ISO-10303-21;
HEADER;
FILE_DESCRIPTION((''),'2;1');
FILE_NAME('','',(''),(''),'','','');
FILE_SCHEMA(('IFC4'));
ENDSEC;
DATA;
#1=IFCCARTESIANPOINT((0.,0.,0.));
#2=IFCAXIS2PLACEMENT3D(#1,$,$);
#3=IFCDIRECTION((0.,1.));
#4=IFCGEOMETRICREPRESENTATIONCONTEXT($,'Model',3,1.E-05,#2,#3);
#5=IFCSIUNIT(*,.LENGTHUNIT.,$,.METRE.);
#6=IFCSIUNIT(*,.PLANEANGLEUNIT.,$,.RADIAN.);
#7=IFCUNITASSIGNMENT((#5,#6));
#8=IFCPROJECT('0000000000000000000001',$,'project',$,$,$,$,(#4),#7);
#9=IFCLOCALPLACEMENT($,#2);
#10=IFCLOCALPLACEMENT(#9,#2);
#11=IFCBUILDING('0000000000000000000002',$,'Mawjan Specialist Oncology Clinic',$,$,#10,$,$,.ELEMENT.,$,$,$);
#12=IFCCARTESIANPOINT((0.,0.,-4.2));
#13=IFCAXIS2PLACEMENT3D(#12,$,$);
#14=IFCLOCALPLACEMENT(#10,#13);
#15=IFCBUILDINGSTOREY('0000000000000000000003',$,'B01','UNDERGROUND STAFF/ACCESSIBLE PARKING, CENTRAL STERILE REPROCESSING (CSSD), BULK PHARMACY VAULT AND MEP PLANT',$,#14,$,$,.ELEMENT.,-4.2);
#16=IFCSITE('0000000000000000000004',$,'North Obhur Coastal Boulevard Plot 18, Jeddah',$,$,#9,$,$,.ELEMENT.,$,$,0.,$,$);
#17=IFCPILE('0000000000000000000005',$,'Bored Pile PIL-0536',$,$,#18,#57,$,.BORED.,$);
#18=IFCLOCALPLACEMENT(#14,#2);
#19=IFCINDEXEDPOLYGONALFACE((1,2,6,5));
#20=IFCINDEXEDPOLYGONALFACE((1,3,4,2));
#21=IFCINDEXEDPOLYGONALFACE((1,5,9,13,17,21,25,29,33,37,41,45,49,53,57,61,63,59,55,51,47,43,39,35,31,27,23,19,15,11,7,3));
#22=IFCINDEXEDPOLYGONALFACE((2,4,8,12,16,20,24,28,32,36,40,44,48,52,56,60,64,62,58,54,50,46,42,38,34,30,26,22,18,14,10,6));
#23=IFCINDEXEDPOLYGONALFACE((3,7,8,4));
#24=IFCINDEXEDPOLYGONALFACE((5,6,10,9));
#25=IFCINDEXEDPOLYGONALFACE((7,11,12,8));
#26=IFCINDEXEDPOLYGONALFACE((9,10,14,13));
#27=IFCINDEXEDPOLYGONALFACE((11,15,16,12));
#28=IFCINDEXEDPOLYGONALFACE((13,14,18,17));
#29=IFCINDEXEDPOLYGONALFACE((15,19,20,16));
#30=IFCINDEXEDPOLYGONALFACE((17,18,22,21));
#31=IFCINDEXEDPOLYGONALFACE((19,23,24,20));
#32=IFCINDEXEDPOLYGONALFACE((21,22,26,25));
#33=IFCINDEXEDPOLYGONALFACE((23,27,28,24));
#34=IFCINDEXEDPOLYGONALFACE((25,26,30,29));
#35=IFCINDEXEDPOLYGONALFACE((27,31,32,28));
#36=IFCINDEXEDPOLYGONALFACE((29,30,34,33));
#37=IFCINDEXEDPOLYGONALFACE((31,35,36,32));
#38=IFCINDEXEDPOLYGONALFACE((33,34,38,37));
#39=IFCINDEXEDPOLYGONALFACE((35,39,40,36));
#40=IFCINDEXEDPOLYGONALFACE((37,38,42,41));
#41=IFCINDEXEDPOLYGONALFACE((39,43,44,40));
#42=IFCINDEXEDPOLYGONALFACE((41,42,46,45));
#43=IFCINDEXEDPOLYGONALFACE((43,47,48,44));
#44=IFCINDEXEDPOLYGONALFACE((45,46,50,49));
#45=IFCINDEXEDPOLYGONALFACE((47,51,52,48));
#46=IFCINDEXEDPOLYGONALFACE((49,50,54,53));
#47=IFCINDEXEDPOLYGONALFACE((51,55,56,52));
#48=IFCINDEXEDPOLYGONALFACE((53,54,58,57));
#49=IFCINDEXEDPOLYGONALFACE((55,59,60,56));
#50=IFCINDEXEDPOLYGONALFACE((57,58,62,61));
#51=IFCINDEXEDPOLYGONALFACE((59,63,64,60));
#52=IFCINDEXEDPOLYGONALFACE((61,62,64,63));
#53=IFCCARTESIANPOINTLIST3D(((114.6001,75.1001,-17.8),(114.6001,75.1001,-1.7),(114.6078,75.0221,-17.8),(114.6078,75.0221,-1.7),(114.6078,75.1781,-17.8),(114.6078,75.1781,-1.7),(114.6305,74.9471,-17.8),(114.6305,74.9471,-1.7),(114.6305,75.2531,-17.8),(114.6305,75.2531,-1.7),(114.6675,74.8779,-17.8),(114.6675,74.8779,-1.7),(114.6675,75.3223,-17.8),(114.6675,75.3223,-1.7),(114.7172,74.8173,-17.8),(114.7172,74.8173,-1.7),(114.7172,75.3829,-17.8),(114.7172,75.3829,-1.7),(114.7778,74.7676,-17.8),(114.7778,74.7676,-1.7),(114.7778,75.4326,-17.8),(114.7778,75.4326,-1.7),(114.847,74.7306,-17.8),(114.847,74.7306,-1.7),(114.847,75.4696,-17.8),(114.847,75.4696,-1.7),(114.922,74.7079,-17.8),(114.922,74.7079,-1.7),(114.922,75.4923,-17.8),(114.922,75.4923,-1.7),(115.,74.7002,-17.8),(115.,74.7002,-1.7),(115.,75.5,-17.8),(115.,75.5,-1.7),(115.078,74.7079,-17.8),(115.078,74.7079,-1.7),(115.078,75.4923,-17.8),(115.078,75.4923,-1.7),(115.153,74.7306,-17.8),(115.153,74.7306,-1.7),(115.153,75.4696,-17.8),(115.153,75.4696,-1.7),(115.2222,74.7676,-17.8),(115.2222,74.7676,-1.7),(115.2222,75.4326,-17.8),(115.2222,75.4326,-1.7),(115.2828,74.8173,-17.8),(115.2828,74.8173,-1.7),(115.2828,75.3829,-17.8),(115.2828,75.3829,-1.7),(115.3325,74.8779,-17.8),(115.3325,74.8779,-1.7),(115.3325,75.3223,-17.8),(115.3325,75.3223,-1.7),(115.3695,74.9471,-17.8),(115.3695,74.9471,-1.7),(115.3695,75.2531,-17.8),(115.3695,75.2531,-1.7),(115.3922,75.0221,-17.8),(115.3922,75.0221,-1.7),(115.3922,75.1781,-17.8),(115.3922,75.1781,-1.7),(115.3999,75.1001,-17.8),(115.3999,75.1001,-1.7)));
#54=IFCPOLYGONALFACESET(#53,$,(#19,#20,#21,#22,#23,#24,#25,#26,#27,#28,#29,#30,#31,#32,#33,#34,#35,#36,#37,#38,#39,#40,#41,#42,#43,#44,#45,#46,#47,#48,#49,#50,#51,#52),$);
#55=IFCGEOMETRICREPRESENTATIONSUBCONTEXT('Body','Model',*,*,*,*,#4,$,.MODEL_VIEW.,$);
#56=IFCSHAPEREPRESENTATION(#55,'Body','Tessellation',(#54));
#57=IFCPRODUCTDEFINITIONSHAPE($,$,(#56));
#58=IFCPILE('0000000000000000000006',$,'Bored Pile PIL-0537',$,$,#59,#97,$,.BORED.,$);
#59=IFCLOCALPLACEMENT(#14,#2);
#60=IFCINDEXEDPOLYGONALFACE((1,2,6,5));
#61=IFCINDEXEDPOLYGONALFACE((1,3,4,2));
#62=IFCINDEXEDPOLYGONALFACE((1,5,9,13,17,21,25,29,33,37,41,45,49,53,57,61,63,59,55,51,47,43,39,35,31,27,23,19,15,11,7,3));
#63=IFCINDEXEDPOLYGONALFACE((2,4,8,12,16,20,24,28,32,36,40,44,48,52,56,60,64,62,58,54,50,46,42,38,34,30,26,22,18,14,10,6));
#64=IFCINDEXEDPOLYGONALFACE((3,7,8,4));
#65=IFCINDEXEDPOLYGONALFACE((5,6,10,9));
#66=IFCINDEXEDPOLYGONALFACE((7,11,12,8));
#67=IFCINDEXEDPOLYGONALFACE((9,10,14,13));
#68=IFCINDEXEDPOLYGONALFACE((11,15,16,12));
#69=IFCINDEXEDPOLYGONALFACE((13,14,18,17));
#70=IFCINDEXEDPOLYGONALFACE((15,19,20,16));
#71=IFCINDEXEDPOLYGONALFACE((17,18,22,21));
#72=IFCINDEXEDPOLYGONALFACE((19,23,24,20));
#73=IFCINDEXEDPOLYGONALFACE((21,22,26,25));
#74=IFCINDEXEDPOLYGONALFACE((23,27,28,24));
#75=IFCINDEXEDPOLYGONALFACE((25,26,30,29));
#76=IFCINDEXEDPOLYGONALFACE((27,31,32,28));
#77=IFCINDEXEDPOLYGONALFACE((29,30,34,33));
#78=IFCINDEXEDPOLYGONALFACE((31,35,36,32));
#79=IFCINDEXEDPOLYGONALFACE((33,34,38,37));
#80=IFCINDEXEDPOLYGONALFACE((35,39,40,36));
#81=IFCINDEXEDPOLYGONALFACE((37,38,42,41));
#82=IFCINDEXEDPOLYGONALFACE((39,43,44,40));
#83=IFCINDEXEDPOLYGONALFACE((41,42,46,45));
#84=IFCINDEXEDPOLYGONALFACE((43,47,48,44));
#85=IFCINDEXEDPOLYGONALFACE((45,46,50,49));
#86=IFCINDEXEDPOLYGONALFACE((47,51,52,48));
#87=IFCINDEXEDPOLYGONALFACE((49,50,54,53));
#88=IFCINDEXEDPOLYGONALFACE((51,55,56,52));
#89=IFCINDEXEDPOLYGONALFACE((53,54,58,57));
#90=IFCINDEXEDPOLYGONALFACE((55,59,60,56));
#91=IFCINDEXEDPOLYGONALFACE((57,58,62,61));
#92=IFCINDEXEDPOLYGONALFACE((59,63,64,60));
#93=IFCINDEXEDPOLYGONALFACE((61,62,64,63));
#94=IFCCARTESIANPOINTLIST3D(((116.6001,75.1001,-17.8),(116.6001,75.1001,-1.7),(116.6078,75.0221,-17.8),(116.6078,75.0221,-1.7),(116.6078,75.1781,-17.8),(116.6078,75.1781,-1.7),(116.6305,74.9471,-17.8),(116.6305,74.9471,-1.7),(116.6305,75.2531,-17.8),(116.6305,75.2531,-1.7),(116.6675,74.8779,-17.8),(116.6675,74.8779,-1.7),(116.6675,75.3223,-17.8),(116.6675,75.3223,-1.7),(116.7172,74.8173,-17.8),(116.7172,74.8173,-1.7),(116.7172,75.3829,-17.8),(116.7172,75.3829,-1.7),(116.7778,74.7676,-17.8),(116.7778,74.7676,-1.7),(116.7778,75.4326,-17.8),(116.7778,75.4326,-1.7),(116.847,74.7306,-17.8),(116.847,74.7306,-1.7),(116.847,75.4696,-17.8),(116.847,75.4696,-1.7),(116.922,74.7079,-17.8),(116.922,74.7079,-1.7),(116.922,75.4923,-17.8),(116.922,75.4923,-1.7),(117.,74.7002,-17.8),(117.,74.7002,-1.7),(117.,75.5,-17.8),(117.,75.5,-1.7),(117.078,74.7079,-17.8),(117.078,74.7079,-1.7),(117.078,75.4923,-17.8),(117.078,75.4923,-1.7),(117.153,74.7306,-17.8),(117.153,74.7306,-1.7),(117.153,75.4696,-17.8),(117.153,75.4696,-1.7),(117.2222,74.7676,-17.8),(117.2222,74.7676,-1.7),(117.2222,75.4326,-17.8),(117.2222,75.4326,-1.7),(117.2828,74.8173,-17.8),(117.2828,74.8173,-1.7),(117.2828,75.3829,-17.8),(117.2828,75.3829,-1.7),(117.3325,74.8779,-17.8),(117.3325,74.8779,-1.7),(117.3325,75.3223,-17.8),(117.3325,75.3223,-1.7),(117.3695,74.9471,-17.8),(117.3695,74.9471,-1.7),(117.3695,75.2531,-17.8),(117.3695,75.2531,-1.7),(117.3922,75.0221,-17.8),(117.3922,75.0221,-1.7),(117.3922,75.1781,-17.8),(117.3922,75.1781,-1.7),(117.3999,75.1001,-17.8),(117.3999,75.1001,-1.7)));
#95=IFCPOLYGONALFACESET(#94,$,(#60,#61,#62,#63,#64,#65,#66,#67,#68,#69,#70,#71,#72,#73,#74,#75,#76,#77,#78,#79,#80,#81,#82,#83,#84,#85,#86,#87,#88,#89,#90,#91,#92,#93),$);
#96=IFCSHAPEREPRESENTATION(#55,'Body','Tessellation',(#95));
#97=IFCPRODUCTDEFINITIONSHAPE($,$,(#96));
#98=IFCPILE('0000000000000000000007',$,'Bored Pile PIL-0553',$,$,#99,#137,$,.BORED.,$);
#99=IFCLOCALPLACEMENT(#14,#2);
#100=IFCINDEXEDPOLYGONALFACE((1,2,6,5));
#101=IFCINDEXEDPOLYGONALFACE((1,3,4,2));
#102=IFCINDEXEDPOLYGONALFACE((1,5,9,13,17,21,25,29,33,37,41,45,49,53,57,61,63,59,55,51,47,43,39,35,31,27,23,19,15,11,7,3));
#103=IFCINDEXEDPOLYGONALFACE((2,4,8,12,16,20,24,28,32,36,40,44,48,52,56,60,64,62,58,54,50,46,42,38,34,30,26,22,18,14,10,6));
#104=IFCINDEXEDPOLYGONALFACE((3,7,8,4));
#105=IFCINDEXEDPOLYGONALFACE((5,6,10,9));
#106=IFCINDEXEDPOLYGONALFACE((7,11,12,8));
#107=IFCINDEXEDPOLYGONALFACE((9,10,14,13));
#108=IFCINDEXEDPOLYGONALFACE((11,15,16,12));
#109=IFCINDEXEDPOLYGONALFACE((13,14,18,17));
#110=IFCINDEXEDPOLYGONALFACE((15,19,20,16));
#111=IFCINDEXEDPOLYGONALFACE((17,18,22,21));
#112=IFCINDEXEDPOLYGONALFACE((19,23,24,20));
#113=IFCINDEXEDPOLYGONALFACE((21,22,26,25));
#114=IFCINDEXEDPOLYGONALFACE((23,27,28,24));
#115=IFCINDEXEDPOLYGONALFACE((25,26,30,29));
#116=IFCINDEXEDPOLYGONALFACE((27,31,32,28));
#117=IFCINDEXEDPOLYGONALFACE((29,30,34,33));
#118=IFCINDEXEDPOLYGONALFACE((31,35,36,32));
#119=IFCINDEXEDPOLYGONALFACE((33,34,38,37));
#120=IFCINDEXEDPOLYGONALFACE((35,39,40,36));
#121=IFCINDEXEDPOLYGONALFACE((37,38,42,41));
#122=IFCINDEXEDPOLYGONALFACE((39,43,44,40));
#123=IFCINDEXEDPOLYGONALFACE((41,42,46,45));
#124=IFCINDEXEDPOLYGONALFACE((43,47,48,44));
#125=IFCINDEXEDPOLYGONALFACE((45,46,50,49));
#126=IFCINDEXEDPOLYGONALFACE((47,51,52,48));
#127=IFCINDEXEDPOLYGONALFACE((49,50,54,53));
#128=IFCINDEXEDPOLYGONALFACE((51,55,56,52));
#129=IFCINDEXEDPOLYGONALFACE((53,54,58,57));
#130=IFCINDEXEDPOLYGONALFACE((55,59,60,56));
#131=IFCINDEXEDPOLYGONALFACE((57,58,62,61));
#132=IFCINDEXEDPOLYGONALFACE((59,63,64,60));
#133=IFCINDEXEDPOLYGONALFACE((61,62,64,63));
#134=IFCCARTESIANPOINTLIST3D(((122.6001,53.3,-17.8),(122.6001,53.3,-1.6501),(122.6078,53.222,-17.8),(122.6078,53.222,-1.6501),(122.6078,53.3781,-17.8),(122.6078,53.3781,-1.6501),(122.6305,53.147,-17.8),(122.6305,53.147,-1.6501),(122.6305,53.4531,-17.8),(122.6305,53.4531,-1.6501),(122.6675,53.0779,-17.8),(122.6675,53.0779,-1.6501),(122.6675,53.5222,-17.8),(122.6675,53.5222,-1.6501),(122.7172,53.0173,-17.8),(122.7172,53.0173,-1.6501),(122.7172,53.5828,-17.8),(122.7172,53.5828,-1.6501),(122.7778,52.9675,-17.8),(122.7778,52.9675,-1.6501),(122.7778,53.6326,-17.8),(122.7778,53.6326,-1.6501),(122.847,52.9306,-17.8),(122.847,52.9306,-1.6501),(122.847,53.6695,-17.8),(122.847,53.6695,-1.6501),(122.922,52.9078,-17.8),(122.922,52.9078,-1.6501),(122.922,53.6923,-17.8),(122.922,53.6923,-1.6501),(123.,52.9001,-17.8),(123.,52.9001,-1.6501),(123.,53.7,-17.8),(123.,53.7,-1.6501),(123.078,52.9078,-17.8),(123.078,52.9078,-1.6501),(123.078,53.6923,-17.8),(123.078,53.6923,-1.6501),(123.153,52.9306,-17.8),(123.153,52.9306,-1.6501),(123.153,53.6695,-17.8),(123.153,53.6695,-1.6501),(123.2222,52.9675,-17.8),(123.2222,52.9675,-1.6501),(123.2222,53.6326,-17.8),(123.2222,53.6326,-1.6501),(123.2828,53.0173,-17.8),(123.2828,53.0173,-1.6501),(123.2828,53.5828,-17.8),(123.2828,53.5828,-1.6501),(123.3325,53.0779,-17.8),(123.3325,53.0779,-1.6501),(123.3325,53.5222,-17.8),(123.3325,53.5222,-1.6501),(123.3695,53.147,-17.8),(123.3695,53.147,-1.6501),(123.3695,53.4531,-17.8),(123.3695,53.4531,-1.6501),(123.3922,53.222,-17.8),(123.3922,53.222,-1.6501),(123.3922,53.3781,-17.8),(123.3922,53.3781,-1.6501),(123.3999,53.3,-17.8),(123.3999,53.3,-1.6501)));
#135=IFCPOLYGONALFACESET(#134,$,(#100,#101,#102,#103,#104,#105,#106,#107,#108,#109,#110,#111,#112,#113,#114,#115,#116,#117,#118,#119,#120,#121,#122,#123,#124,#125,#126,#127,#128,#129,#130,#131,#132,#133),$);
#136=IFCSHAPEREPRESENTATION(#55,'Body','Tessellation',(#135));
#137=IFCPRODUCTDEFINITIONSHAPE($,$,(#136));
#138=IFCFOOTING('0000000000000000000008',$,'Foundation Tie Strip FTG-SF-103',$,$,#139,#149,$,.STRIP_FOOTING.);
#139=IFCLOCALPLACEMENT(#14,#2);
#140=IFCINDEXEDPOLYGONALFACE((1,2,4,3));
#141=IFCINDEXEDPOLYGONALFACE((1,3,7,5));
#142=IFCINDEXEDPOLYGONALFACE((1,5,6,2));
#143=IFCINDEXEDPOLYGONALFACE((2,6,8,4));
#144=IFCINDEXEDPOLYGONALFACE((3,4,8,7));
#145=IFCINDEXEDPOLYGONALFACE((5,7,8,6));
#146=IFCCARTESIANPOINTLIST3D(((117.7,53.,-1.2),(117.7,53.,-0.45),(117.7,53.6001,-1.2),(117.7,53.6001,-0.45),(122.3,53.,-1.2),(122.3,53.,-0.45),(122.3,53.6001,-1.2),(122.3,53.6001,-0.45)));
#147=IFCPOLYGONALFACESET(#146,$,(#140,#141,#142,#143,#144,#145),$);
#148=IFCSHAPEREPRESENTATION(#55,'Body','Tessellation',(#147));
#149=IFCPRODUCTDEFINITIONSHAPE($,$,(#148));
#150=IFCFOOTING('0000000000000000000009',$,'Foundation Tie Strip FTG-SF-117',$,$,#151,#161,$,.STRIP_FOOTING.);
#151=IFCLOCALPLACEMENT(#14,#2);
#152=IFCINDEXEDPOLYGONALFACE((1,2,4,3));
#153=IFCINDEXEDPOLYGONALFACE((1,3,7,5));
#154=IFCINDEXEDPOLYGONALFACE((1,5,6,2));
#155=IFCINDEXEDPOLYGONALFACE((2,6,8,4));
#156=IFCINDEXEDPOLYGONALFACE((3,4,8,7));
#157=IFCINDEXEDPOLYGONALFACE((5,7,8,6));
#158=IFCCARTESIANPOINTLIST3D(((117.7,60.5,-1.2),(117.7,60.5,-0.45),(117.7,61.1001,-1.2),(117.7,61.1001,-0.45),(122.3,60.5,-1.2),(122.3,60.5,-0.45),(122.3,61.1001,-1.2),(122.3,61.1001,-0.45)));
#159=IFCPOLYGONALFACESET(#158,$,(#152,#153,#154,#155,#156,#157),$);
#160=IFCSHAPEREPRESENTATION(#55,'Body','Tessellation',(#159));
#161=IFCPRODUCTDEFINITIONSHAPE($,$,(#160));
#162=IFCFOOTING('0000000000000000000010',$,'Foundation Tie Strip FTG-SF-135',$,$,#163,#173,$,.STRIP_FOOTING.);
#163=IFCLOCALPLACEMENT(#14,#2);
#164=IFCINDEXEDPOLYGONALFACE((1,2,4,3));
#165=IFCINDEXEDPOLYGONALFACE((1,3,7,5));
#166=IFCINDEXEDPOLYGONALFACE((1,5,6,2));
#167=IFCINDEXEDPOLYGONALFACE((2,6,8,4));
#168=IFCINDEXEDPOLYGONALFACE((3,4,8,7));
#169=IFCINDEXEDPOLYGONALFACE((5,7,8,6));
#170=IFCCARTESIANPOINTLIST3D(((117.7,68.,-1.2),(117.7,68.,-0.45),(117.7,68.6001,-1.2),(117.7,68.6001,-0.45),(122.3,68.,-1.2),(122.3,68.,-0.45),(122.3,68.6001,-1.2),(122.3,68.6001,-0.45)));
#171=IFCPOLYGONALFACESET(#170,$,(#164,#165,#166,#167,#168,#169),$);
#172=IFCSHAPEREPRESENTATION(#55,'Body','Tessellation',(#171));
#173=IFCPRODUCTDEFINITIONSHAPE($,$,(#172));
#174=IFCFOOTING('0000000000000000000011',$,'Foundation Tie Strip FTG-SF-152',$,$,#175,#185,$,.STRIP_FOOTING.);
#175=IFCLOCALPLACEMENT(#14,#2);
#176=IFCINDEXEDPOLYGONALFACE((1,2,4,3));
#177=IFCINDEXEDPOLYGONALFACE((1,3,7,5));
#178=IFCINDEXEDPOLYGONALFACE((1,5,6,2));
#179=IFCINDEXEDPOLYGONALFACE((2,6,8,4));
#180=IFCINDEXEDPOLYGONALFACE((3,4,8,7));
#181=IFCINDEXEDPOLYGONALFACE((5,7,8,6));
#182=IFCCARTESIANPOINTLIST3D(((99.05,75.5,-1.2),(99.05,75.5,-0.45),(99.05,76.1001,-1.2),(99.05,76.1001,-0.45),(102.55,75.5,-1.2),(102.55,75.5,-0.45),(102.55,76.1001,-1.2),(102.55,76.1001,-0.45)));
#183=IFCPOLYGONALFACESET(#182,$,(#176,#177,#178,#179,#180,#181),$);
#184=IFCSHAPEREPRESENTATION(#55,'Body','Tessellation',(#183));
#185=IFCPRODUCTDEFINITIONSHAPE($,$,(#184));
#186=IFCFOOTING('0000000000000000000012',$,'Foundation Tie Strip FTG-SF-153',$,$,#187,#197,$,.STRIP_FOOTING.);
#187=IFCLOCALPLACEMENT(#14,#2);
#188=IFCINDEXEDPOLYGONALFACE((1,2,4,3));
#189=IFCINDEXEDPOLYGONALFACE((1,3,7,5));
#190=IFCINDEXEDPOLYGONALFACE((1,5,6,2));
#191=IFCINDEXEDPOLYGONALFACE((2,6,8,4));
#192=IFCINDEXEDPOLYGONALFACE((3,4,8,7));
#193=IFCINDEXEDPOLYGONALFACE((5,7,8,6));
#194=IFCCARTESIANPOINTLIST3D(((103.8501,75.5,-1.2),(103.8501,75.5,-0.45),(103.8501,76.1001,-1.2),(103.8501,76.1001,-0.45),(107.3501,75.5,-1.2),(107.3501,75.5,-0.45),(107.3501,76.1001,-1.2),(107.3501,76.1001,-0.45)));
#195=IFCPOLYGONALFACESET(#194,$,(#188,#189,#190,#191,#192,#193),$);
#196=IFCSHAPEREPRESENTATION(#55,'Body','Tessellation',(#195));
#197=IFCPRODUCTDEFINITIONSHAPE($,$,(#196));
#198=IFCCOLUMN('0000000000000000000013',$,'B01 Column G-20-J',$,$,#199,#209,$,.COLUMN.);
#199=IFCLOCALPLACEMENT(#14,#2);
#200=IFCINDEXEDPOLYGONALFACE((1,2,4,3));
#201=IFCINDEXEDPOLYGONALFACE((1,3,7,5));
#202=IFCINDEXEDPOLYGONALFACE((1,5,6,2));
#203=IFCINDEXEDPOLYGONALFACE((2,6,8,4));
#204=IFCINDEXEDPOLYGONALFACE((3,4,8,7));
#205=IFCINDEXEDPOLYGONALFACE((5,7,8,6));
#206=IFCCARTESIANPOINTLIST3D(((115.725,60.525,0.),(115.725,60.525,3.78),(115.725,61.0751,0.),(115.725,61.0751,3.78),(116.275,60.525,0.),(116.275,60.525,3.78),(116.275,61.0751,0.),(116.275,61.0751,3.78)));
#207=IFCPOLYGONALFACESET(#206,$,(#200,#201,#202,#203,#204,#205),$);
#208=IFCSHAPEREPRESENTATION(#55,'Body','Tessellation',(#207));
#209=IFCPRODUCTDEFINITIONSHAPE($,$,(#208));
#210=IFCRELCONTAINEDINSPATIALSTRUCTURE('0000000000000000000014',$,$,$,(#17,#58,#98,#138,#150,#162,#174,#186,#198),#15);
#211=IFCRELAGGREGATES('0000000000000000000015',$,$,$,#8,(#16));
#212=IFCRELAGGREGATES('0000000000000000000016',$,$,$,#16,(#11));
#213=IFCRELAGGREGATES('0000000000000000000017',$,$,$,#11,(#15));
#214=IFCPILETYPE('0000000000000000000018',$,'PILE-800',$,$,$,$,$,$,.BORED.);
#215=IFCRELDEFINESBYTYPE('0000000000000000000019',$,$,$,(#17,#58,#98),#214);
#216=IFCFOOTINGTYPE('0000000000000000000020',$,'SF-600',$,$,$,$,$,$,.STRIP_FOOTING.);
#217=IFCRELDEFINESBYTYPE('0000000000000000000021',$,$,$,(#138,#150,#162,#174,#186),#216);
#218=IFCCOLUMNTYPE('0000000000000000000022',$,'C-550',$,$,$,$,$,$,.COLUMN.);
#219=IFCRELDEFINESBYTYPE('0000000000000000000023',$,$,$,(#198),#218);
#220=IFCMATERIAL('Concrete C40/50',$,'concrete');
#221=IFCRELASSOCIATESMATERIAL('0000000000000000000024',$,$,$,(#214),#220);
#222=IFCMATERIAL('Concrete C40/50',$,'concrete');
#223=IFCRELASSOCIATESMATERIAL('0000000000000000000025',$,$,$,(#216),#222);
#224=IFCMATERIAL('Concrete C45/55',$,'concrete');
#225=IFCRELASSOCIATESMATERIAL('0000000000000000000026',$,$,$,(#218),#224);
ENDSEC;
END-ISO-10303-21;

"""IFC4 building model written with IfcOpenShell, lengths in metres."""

from ifc_helpers import new_model, si_unit, direction, frame, origin, origin_2d, place, context, subcontext, project, spatial, rectangle, circle, extrude, material, material_profile, profile_set, type_object, element, save


model = new_model("IFC4")

# Units and contexts
model_context = context("Model", 3, precision=1e-05, world=origin(), true_north=direction((0.0, 1.0)))
body_context = subcontext(model_context, "Body", "Model", "MODEL_VIEW")
ifc_project = project(units=[si_unit("LENGTHUNIT", "METRE"), si_unit("PLANEANGLEUNIT", "RADIAN")], contexts=[model_context])

# Site, building, storey
site_placement = place(None, origin())
site = spatial("IfcSite", under=ifc_project, at=site_placement, Name="North Obhur Coastal Boulevard Plot 18, Jeddah", CompositionType="ELEMENT", RefElevation=0.0)
building_placement = place(site_placement, origin())
building = spatial("IfcBuilding", under=site, at=building_placement, Name="Mawjan Specialist Oncology Clinic", CompositionType="ELEMENT")
storey_placement = place(building_placement, frame((0.0, 0.0, -4.2)))
storey = spatial("IfcBuildingStorey", under=building, at=storey_placement, Name="B01", Description="UNDERGROUND STAFF/ACCESSIBLE PARKING, CENTRAL STERILE REPROCESSING (CSSD), BULK PHARMACY VAULT AND MEP PLANT", CompositionType="ELEMENT", Elevation=-4.2)

# Piles
ifc_material_1 = material(Name="Concrete C40/50", Category="concrete")
ifc_material_profile_1 = material_profile(ifc_material_1, circle(Radius=0.3999, at=origin_2d()), Name="BORED PILE D800", Category="concrete")
ifc_profile_set_1 = profile_set([ifc_material_profile_1], Name="Concrete C40/50")
pile_type_1 = type_object("IfcPileType", Name="PILE-800", PredefinedType="BORED", material=ifc_profile_set_1)
for number, where, z_axis, x_axis, name in (
    (1, (115.0, 75.1001, -1.7), (0.0, 0.0, -1.0), (1.0, 0.0, 0.0), "Bored Pile PIL-0536"),
    (2, (117.0, 75.1001, -1.7), (0.0, 0.0, -1.0), (1.0, 0.0, 0.0), "Bored Pile PIL-0537"),
):
    element("IfcPile", number, at=place(storey_placement, frame(where, z_axis=z_axis, x_axis=x_axis)), inside=storey, type_object=pile_type_1, Name=name, PredefinedType="BORED", context=body_context, shape_type="SweptSolid", body=[
        extrude(circle(Radius=0.3999, at=origin_2d()), origin(), (0.0, 0.0, 1.0), 16.1001),
    ])
pile_1_placement = place(storey_placement, frame((123.0, 53.3, -1.6501), z_axis=(0.0, 0.0, -1.0), x_axis=(1.0, 0.0, 0.0)))
element("IfcPile", 3, at=pile_1_placement, inside=storey, type_object=pile_type_1, Name="Bored Pile PIL-0553", PredefinedType="BORED", context=body_context, shape_type="SweptSolid", body=[
    extrude(circle(Radius=0.3999, at=origin_2d()), origin(), (0.0, 0.0, 1.0), 16.1499),
])

# Footings
ifc_material_2 = material(Name="Concrete C40/50", Category="concrete")
footing_type_1 = type_object("IfcFootingType", Name="SF-600", PredefinedType="STRIP_FOOTING", material=ifc_material_2)
for number, where, z_axis, x_axis, name in (
    (4, (120.0, 53.3, -1.2), (0.0, 0.0, 1.0), (1.0, 0.0, 0.0), "Foundation Tie Strip FTG-SF-103"),
    (5, (120.0, 60.8, -1.2), (0.0, 0.0, 1.0), (1.0, 0.0, 0.0), "Foundation Tie Strip FTG-SF-117"),
    (6, (120.0, 68.3, -1.2), (0.0, 0.0, 1.0), (1.0, 0.0, 0.0), "Foundation Tie Strip FTG-SF-135"),
):
    element("IfcFooting", number, at=place(storey_placement, frame(where, z_axis=z_axis, x_axis=x_axis)), inside=storey, type_object=footing_type_1, Name=name, PredefinedType="STRIP_FOOTING", context=body_context, shape_type="SweptSolid", body=[
        extrude(rectangle(XDim=4.6001, YDim=0.6001, at=origin_2d()), origin(), (0.0, 0.0, 1.0), 0.75),
    ])
for number, where, z_axis, x_axis, name in (
    (7, (100.8, 75.8, -1.2), (0.0, 0.0, 1.0), (1.0, 0.0, 0.0), "Foundation Tie Strip FTG-SF-152"),
    (8, (105.6001, 75.8, -1.2), (0.0, 0.0, 1.0), (1.0, 0.0, 0.0), "Foundation Tie Strip FTG-SF-153"),
):
    element("IfcFooting", number, at=place(storey_placement, frame(where, z_axis=z_axis, x_axis=x_axis)), inside=storey, type_object=footing_type_1, Name=name, PredefinedType="STRIP_FOOTING", context=body_context, shape_type="SweptSolid", body=[
        extrude(rectangle(XDim=3.5, YDim=0.6001, at=origin_2d()), origin(), (0.0, 0.0, 1.0), 0.75),
    ])

# Column
ifc_material_3 = material(Name="Concrete C45/55", Category="concrete")
ifc_material_profile_2 = material_profile(ifc_material_3, rectangle(XDim=0.55, YDim=0.55, at=origin_2d()), Name="RC COL 550x550", Category="concrete")
ifc_profile_set_2 = profile_set([ifc_material_profile_2], Name="Concrete C45/55")
column_type_1 = type_object("IfcColumnType", Name="C-550", PredefinedType="COLUMN", material=ifc_profile_set_2)
for number, where, z_axis, x_axis, name in (
    (9, (116.0, 60.8, 0.0), (0.0, 0.0, 1.0), (1.0, 0.0, 0.0), "B01 Column G-20-J"),
):
    element("IfcColumn", number, at=place(storey_placement, frame(where, z_axis=z_axis, x_axis=x_axis)), inside=storey, type_object=column_type_1, Name=name, PredefinedType="COLUMN", context=body_context, shape_type="SweptSolid", body=[
        extrude(rectangle(XDim=0.55, YDim=0.55, at=origin_2d()), origin(), (0.0, 0.0, 1.0), 3.78),
    ])

save(model, "model.ifc")
